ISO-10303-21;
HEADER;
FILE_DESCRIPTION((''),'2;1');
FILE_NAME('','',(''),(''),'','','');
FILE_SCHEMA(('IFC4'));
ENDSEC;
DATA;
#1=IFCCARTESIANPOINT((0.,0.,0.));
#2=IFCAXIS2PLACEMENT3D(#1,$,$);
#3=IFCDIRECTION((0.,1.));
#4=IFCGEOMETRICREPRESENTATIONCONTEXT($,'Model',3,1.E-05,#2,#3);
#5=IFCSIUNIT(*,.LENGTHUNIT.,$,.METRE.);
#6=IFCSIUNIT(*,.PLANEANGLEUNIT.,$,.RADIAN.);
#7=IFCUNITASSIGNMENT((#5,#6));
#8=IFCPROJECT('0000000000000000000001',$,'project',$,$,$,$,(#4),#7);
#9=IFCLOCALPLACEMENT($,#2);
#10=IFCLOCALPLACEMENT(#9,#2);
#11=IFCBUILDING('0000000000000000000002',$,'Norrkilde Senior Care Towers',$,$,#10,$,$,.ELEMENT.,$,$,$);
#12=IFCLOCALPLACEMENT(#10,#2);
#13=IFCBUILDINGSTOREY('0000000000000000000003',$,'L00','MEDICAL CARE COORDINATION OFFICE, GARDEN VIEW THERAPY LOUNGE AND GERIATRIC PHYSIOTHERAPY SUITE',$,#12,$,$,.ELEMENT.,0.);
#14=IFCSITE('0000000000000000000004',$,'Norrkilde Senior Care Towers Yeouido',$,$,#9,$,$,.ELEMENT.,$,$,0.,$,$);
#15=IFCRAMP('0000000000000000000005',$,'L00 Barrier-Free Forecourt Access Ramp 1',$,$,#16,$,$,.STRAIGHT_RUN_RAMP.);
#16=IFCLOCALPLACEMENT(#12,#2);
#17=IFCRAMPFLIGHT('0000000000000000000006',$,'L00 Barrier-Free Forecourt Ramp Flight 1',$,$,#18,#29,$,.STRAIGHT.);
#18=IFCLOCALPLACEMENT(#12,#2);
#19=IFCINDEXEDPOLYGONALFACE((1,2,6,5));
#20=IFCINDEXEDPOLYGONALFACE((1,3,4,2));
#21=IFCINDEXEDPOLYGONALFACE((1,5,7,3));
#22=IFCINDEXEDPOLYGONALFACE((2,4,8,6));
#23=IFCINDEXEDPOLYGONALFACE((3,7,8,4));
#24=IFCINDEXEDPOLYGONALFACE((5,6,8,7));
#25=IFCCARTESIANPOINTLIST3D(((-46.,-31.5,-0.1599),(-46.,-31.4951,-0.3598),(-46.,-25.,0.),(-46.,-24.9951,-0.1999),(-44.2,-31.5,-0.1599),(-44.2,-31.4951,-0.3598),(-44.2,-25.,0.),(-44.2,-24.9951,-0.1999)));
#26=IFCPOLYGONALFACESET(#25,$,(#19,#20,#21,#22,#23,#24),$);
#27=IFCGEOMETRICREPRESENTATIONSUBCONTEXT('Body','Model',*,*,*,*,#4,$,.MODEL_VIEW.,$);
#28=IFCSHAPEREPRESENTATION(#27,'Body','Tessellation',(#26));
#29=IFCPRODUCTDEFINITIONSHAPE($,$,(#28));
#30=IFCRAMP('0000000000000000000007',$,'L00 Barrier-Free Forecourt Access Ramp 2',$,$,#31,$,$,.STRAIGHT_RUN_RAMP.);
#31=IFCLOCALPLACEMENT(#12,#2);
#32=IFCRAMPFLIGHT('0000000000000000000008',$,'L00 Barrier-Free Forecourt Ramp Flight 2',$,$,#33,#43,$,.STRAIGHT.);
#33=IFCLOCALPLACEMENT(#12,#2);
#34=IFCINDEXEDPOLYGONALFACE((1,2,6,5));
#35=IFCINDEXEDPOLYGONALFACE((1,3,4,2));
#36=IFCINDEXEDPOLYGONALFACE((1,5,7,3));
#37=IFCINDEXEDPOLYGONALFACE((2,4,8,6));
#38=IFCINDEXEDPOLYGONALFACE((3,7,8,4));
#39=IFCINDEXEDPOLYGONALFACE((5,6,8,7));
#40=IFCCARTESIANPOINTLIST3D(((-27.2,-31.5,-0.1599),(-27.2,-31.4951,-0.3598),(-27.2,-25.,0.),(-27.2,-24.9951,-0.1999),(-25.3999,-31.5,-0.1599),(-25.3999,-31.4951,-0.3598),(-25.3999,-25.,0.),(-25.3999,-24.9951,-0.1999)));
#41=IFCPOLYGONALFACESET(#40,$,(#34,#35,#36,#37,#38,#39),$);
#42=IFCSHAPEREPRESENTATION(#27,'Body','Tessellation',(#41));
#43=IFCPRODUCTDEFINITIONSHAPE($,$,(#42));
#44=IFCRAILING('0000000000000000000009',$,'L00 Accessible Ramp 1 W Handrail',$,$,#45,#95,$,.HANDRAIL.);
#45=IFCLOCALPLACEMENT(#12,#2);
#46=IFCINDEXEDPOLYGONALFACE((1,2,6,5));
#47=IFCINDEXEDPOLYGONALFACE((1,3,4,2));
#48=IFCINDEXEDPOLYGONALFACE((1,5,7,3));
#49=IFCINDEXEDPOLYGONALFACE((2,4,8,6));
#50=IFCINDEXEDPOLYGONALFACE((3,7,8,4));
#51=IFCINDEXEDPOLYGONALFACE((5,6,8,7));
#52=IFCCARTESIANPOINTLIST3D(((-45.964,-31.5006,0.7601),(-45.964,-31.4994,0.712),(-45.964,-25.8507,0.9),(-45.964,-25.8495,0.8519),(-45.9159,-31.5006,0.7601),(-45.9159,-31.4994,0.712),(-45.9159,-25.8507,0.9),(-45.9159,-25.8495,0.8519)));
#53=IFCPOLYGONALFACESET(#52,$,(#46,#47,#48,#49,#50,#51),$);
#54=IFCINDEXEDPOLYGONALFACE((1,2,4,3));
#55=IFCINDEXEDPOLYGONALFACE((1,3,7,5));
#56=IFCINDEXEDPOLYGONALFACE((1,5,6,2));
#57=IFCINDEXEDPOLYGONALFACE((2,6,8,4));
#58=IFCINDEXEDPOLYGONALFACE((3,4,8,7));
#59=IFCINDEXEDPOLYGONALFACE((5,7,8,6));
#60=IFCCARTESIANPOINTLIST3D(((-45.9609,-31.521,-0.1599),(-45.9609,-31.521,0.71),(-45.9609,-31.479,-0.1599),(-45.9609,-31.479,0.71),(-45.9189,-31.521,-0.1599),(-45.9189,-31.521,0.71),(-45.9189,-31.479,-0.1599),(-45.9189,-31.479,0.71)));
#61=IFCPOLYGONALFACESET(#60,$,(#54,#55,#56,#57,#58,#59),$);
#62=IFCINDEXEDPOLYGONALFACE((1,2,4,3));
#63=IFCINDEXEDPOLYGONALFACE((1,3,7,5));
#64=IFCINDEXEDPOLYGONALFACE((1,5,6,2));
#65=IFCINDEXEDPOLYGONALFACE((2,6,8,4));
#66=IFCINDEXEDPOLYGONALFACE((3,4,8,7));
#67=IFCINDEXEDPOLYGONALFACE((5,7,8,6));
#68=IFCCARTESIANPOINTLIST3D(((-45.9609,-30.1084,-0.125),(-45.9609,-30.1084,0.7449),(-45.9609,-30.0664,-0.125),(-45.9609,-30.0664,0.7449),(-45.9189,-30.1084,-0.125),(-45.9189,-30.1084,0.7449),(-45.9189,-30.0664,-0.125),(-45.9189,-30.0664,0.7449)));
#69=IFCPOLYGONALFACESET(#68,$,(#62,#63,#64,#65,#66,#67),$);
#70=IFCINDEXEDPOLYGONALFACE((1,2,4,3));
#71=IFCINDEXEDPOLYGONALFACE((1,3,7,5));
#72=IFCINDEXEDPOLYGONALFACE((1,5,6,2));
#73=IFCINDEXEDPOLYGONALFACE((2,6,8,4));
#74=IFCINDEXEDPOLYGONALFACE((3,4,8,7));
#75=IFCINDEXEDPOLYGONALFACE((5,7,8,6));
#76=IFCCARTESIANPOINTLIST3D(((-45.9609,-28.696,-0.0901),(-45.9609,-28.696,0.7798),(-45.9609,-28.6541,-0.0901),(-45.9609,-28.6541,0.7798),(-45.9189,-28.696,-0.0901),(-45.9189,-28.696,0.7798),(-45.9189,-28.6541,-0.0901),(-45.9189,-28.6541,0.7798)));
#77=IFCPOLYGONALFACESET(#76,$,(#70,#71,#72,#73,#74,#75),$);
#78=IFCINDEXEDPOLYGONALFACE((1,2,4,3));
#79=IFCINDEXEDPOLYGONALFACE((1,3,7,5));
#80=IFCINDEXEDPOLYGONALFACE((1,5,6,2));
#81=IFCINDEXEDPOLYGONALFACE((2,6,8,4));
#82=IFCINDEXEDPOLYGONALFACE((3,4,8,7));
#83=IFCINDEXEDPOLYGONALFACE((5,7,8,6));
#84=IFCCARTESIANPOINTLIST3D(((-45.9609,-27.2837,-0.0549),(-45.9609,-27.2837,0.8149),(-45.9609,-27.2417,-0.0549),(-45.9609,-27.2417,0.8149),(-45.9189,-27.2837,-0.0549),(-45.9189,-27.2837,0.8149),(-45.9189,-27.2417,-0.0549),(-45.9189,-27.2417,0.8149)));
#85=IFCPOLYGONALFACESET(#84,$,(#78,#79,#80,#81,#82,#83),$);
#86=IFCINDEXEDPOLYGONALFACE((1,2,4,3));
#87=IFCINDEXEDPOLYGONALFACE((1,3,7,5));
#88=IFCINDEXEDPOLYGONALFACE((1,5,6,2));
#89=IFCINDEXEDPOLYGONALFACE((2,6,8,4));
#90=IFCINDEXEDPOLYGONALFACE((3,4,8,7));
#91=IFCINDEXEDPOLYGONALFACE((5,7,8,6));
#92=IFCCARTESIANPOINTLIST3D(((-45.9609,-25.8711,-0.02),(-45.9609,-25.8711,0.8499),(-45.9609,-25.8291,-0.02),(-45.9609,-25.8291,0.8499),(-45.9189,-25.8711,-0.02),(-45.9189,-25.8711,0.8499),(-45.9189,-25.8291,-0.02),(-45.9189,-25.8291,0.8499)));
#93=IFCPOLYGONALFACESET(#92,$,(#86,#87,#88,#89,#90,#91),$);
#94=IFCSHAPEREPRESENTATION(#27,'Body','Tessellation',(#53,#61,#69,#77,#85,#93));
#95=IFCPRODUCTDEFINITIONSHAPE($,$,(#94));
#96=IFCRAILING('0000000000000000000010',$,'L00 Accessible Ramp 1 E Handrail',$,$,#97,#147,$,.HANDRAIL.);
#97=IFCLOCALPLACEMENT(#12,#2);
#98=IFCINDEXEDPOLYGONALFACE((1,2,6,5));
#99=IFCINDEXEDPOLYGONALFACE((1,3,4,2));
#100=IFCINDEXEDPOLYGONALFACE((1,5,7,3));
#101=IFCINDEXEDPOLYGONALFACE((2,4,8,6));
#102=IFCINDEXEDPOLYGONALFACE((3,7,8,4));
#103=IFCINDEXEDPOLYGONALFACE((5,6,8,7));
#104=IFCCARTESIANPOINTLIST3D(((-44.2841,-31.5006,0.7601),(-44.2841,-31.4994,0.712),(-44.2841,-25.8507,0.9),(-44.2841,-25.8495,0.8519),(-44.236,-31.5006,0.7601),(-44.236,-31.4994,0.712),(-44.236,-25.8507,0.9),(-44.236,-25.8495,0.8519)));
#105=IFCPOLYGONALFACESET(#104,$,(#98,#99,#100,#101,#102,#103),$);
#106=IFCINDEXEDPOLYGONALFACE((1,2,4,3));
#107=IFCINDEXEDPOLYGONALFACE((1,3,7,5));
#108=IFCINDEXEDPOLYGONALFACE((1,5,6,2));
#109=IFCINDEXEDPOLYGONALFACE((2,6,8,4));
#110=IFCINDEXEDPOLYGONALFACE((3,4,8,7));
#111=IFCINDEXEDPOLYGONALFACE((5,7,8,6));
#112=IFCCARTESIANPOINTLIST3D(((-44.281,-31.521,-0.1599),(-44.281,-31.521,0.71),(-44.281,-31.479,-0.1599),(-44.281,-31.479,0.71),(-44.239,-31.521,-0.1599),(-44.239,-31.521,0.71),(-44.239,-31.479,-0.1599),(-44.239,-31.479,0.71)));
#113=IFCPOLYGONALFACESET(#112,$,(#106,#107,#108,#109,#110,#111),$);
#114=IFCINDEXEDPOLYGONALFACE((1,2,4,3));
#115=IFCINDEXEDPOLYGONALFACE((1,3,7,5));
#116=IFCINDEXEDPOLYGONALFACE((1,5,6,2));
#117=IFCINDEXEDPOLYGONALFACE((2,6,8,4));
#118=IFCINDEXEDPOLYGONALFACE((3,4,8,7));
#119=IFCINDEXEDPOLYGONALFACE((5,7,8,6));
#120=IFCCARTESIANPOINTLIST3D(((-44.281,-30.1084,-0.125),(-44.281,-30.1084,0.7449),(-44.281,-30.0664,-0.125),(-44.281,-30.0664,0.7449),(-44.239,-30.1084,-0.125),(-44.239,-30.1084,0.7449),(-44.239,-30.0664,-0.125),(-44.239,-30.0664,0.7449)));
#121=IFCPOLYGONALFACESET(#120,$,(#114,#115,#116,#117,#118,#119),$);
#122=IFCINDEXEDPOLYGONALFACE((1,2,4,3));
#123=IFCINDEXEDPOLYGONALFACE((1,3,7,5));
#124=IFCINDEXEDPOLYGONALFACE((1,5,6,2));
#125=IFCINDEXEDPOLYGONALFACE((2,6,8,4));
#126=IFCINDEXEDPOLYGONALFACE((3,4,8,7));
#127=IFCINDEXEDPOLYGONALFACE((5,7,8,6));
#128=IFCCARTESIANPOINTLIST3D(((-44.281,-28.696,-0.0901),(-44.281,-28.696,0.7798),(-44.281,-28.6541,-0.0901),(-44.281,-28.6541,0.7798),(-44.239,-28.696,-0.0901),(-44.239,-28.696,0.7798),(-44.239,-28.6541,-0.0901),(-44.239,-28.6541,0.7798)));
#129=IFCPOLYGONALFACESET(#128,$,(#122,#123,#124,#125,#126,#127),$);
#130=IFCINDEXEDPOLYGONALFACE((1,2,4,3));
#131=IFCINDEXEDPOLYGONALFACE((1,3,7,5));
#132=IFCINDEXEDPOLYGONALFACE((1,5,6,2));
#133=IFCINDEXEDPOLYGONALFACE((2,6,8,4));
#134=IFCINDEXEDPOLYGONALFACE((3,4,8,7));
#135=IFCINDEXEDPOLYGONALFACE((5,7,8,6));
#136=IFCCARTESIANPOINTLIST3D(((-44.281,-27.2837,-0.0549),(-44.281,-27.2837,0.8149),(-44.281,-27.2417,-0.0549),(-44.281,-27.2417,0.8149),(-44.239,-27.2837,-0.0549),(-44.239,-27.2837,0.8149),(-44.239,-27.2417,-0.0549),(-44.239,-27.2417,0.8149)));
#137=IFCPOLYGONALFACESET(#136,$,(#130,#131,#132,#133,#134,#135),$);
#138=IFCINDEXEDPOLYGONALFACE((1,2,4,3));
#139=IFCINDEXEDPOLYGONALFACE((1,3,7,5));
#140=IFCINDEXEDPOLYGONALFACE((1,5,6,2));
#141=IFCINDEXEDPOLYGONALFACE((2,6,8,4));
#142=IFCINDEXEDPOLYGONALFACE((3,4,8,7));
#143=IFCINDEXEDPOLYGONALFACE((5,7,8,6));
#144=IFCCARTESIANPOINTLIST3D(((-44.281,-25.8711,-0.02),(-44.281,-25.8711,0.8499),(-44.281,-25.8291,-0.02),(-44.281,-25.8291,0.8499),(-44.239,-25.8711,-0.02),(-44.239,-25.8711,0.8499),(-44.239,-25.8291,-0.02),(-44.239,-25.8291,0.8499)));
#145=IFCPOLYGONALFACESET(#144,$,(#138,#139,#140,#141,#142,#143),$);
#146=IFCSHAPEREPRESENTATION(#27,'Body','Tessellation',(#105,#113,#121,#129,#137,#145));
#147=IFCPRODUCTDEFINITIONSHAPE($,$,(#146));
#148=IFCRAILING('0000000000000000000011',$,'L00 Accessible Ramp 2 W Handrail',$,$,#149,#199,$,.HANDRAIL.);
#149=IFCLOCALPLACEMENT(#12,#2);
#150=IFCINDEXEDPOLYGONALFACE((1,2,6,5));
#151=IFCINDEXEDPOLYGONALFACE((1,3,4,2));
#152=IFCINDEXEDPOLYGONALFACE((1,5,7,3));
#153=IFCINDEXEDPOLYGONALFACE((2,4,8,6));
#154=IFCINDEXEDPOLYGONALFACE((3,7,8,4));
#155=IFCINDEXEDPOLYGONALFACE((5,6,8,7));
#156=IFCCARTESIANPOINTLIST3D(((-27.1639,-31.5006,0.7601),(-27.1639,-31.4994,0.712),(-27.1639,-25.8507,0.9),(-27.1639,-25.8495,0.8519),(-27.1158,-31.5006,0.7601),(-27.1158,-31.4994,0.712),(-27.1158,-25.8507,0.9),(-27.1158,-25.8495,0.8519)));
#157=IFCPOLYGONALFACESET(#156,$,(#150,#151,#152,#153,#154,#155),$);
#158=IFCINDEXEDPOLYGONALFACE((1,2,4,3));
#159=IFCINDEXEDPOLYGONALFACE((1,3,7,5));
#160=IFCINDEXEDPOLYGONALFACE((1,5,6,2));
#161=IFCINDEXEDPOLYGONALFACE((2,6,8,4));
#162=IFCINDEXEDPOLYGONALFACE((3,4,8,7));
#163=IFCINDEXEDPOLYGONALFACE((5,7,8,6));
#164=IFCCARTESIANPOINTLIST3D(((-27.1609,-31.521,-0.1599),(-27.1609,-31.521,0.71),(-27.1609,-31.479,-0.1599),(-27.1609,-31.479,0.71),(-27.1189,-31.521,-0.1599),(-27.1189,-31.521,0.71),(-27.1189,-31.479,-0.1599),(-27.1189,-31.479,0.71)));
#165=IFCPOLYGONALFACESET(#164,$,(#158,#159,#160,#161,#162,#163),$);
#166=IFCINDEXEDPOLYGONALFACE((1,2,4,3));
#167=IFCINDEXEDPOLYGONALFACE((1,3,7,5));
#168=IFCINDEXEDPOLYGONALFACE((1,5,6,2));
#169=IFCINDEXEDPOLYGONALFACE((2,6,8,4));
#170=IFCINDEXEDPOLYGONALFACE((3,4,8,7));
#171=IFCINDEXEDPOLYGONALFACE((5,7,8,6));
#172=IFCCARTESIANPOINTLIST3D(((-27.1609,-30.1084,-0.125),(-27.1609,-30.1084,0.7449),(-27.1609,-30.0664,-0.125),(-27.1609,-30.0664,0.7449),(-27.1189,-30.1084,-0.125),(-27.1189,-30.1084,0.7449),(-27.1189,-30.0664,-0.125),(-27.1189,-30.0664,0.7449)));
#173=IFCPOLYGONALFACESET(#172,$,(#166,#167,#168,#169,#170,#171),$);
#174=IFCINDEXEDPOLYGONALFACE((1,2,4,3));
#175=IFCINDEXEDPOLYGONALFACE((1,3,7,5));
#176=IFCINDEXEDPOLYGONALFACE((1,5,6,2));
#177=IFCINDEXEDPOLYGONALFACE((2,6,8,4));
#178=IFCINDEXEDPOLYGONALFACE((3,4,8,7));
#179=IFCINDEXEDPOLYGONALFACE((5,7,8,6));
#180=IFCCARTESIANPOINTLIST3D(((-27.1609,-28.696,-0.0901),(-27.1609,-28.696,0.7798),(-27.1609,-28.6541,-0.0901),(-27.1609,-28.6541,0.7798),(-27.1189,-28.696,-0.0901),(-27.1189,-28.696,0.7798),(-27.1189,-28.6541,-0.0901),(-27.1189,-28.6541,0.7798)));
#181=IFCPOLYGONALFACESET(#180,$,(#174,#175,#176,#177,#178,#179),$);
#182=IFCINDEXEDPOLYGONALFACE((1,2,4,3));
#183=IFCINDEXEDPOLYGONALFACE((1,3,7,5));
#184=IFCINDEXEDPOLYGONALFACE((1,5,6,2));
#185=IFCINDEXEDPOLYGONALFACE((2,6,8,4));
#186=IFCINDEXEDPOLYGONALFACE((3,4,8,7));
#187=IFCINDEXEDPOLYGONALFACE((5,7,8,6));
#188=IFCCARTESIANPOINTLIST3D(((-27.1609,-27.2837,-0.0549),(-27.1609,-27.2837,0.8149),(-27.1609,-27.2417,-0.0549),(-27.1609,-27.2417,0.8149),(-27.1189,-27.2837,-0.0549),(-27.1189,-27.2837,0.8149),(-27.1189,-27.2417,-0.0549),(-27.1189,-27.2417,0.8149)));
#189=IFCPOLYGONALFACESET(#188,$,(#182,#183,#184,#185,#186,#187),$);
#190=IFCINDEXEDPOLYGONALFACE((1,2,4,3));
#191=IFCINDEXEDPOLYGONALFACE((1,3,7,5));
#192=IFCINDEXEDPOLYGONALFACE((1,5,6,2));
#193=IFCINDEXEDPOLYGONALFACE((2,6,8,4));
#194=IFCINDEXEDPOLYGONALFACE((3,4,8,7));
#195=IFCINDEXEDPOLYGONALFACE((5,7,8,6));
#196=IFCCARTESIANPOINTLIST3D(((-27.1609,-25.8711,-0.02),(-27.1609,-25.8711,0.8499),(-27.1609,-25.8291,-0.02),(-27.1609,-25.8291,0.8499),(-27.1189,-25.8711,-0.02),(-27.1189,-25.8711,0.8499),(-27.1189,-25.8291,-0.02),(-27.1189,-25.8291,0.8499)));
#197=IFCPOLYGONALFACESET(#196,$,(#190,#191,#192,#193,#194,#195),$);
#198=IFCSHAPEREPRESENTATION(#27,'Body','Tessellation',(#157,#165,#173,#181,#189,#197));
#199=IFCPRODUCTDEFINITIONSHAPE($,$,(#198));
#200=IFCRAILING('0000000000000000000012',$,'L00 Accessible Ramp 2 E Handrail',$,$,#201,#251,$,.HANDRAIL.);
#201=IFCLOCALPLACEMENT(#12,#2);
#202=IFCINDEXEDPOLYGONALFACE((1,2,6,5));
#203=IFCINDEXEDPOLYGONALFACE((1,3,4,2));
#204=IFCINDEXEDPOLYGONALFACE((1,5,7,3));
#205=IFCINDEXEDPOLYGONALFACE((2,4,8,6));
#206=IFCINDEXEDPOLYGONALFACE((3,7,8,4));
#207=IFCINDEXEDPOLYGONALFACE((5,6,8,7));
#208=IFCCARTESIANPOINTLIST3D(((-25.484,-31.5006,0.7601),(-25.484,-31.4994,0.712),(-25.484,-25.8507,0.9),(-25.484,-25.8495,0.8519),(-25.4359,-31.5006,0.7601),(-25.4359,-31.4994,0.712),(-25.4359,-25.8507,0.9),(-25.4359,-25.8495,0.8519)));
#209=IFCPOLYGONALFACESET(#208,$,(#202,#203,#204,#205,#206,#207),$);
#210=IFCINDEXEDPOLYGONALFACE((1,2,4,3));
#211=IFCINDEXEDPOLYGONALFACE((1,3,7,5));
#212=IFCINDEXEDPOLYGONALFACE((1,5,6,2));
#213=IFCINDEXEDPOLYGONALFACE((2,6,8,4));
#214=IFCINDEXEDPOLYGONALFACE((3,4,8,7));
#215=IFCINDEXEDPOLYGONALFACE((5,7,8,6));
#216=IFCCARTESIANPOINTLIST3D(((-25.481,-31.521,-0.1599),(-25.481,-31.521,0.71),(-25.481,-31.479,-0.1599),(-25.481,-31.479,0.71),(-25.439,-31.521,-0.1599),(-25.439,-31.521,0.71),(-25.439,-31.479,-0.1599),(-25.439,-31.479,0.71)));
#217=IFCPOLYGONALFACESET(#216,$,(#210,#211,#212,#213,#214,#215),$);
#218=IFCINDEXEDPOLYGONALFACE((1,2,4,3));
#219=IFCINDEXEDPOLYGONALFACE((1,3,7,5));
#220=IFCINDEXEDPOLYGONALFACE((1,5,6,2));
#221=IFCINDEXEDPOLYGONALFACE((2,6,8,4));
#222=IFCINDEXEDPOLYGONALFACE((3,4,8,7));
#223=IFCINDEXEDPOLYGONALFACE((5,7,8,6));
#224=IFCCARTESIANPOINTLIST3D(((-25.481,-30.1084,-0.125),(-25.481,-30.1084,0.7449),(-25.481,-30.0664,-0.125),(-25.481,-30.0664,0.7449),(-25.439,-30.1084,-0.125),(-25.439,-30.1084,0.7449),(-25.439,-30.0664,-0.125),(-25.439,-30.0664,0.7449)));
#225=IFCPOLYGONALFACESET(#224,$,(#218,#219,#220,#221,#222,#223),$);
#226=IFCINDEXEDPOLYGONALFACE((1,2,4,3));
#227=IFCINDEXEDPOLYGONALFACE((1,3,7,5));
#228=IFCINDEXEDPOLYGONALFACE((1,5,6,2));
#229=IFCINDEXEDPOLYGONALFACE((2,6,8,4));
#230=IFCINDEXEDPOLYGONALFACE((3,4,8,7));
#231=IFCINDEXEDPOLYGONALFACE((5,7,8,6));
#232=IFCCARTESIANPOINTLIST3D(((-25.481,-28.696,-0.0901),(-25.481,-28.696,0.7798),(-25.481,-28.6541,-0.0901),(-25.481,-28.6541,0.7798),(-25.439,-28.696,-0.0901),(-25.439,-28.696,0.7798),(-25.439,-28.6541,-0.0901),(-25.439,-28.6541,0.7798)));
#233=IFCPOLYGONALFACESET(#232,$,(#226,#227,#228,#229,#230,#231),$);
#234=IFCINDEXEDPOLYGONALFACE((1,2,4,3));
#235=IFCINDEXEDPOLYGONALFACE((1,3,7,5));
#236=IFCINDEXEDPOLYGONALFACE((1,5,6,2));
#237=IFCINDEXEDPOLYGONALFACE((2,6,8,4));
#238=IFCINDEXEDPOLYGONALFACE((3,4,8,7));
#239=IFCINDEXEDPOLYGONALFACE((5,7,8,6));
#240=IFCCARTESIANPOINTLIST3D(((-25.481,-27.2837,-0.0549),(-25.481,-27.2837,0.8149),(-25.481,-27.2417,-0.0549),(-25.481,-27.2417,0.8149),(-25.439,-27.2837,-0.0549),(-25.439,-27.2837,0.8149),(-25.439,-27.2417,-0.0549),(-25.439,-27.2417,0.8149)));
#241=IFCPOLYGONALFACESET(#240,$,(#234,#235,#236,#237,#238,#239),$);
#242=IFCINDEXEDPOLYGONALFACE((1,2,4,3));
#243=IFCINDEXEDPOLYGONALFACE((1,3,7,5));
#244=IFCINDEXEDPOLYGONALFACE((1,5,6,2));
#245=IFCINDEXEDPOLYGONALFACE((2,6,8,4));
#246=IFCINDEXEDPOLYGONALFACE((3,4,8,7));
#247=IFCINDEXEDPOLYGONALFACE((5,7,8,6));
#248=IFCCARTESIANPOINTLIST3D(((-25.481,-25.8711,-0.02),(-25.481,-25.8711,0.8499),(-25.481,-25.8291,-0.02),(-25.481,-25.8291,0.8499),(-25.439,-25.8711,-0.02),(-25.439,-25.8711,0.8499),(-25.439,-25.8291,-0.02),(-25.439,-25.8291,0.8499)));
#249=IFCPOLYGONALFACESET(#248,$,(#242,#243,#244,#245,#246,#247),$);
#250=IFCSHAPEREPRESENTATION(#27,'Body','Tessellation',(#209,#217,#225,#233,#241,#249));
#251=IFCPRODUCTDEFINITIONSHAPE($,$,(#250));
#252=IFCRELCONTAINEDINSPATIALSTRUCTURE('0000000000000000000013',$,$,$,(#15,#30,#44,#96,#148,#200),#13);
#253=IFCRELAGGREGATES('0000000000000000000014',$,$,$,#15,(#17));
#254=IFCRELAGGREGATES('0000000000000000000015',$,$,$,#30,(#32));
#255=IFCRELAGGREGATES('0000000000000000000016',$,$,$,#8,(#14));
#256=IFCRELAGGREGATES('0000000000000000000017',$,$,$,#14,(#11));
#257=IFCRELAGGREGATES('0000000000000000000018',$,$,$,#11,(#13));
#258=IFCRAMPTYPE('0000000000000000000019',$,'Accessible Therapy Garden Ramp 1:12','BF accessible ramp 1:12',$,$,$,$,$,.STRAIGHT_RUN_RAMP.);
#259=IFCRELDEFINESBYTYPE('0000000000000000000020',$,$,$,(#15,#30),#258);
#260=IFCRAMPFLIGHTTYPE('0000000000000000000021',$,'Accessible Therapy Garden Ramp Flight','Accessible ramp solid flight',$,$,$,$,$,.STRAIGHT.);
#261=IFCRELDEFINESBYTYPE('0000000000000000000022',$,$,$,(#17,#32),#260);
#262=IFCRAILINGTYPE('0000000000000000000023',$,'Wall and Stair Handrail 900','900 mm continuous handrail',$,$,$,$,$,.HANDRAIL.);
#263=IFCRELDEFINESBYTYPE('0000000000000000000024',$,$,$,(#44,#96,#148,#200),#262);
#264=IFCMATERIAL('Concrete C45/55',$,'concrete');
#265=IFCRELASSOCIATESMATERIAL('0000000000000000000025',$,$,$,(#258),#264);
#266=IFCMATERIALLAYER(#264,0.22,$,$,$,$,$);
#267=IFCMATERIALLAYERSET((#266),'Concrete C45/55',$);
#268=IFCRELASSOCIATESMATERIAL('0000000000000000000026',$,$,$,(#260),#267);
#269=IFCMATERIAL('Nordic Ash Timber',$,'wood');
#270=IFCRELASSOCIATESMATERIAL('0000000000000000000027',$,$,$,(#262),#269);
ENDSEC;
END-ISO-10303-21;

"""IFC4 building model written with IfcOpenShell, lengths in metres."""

from ifc_helpers import new_model, si_unit, direction, frame, origin, origin_2d, place, context, subcontext, project, spatial, polyline, rectangle, outline, extrude, material, layer, layer_set, type_object, element, aggregate, save


model = new_model("IFC4")

# Units and contexts
model_context = context("Model", 3, precision=1e-05, world=origin(), true_north=direction((0.0, 1.0)))
body_context = subcontext(model_context, "Body", "Model", "MODEL_VIEW")
ifc_project = project(units=[si_unit("LENGTHUNIT", "METRE"), si_unit("PLANEANGLEUNIT", "RADIAN")], contexts=[model_context])

# Site, building, storey
site_placement = place(None, origin())
site = spatial("IfcSite", under=ifc_project, at=site_placement, Name="Norrkilde Senior Care Towers Yeouido", CompositionType="ELEMENT", RefElevation=0.0)
building_placement = place(site_placement, origin())
building = spatial("IfcBuilding", under=site, at=building_placement, Name="Norrkilde Senior Care Towers", CompositionType="ELEMENT")
storey_placement = place(building_placement, origin())
storey = spatial("IfcBuildingStorey", under=building, at=storey_placement, Name="L00", Description="MEDICAL CARE COORDINATION OFFICE, GARDEN VIEW THERAPY LOUNGE AND GERIATRIC PHYSIOTHERAPY SUITE", CompositionType="ELEMENT", Elevation=0.0)

# Shared definitions
ifc_material_1 = material(Name="Nordic Ash Timber", Category="wood")
ifc_material_2 = material(Name="Concrete C45/55", Category="concrete")

# Ramps, ramp flights
ramp_type = type_object("IfcRampType", Name="Accessible Therapy Garden Ramp 1:12", Description="BF accessible ramp 1:12", PredefinedType="STRAIGHT_RUN_RAMP", material=ifc_material_2)
ramp_1_placement = place(storey_placement, origin())
ramp_1 = element("IfcRamp", 1, at=ramp_1_placement, inside=storey, type_object=ramp_type, Name="L00 Barrier-Free Forecourt Access Ramp 1", PredefinedType="STRAIGHT_RUN_RAMP")
ifc_layer_1 = layer(ifc_material_2, 0.22)
ifc_layer_set_1 = layer_set([ifc_layer_1], Name="Concrete C45/55")
ramp_flight_type = type_object("IfcRampFlightType", Name="Accessible Therapy Garden Ramp Flight", Description="Accessible ramp solid flight", PredefinedType="STRAIGHT", material=ifc_layer_set_1)
ramp_flight_1_placement = place(storey_placement, frame((-46.0, -31.5, -0.1599), z_axis=(0.0, -0.024594, 0.999698), x_axis=(0.0, 0.999698, 0.024594)))
ramp_flight_1 = element("IfcRampFlight", 2, at=ramp_flight_1_placement, type_object=ramp_flight_type, Name="L00 Barrier-Free Forecourt Ramp Flight 1", PredefinedType="STRAIGHT", context=body_context, shape_type="SweptSolid", body=[
    extrude(outline(polyline([(0.0, 0.0), (6.502, 0.0), (6.502, -1.8), (0.0, -1.8), (0.0, 0.0)])), origin(), (0.0, 0.0, -1.0), 0.2),
])
aggregate(ramp_1, [ramp_flight_1])
ramp_2_placement = place(storey_placement, origin())
ramp_2 = element("IfcRamp", 3, at=ramp_2_placement, inside=storey, type_object=ramp_type, Name="L00 Barrier-Free Forecourt Access Ramp 2", PredefinedType="STRAIGHT_RUN_RAMP")
ramp_flight_2_placement = place(storey_placement, frame((-27.2, -31.5, -0.1599), z_axis=(0.0, -0.024594, 0.999698), x_axis=(0.0, 0.999698, 0.024594)))
ramp_flight_2 = element("IfcRampFlight", 4, at=ramp_flight_2_placement, type_object=ramp_flight_type, Name="L00 Barrier-Free Forecourt Ramp Flight 2", PredefinedType="STRAIGHT", context=body_context, shape_type="SweptSolid", body=[
    extrude(outline(polyline([(0.0, 0.0), (6.502, 0.0), (6.502, -1.8), (0.0, -1.8), (0.0, 0.0)])), origin(), (0.0, 0.0, -1.0), 0.2),
])
aggregate(ramp_2, [ramp_flight_2])

# Railings
railing_type = type_object("IfcRailingType", Name="Wall and Stair Handrail 900", Description="900 mm continuous handrail", PredefinedType="HANDRAIL", material=ifc_material_1)
for number, where, name in (
    (5, (-45.9399, -31.5, -0.1599), "L00 Accessible Ramp 1 W Handrail"),
    (6, (-44.26, -31.5, -0.1599), "L00 Accessible Ramp 1 E Handrail"),
    (7, (-27.1399, -31.5, -0.1599), "L00 Accessible Ramp 2 W Handrail"),
    (8, (-25.46, -31.5, -0.1599), "L00 Accessible Ramp 2 E Handrail"),
):
    element("IfcRailing", number, at=place(storey_placement, frame(where)), inside=storey, type_object=railing_type, Name=name, PredefinedType="HANDRAIL", context=body_context, shape_type="SweptSolid", body=[
        extrude(rectangle(XDim=0.0481, YDim=0.0481, at=origin_2d()), frame((0.0, 0.0, 0.896), z_axis=(0.0, 0.999694, 0.024753), x_axis=(-1.0, 0.0, 0.0)), (0.0, 0.0, 1.0), 5.6516),
        extrude(rectangle(XDim=0.042, YDim=0.042, at=origin_2d()), origin(), (0.0, 0.0, 1.0), 0.8699),
        extrude(rectangle(XDim=0.042, YDim=0.042, at=origin_2d()), frame((0.0, 1.4126, 0.0349)), (0.0, 0.0, 1.0), 0.8699),
        extrude(rectangle(XDim=0.042, YDim=0.042, at=origin_2d()), frame((0.0, 2.825, 0.0698)), (0.0, 0.0, 1.0), 0.8699),
        extrude(rectangle(XDim=0.042, YDim=0.042, at=origin_2d()), frame((0.0, 4.2373, 0.105)), (0.0, 0.0, 1.0), 0.8699),
        extrude(rectangle(XDim=0.042, YDim=0.042, at=origin_2d()), frame((0.0, 5.6499, 0.1399)), (0.0, 0.0, 1.0), 0.8699),
    ])

save(model, "model.ifc")
